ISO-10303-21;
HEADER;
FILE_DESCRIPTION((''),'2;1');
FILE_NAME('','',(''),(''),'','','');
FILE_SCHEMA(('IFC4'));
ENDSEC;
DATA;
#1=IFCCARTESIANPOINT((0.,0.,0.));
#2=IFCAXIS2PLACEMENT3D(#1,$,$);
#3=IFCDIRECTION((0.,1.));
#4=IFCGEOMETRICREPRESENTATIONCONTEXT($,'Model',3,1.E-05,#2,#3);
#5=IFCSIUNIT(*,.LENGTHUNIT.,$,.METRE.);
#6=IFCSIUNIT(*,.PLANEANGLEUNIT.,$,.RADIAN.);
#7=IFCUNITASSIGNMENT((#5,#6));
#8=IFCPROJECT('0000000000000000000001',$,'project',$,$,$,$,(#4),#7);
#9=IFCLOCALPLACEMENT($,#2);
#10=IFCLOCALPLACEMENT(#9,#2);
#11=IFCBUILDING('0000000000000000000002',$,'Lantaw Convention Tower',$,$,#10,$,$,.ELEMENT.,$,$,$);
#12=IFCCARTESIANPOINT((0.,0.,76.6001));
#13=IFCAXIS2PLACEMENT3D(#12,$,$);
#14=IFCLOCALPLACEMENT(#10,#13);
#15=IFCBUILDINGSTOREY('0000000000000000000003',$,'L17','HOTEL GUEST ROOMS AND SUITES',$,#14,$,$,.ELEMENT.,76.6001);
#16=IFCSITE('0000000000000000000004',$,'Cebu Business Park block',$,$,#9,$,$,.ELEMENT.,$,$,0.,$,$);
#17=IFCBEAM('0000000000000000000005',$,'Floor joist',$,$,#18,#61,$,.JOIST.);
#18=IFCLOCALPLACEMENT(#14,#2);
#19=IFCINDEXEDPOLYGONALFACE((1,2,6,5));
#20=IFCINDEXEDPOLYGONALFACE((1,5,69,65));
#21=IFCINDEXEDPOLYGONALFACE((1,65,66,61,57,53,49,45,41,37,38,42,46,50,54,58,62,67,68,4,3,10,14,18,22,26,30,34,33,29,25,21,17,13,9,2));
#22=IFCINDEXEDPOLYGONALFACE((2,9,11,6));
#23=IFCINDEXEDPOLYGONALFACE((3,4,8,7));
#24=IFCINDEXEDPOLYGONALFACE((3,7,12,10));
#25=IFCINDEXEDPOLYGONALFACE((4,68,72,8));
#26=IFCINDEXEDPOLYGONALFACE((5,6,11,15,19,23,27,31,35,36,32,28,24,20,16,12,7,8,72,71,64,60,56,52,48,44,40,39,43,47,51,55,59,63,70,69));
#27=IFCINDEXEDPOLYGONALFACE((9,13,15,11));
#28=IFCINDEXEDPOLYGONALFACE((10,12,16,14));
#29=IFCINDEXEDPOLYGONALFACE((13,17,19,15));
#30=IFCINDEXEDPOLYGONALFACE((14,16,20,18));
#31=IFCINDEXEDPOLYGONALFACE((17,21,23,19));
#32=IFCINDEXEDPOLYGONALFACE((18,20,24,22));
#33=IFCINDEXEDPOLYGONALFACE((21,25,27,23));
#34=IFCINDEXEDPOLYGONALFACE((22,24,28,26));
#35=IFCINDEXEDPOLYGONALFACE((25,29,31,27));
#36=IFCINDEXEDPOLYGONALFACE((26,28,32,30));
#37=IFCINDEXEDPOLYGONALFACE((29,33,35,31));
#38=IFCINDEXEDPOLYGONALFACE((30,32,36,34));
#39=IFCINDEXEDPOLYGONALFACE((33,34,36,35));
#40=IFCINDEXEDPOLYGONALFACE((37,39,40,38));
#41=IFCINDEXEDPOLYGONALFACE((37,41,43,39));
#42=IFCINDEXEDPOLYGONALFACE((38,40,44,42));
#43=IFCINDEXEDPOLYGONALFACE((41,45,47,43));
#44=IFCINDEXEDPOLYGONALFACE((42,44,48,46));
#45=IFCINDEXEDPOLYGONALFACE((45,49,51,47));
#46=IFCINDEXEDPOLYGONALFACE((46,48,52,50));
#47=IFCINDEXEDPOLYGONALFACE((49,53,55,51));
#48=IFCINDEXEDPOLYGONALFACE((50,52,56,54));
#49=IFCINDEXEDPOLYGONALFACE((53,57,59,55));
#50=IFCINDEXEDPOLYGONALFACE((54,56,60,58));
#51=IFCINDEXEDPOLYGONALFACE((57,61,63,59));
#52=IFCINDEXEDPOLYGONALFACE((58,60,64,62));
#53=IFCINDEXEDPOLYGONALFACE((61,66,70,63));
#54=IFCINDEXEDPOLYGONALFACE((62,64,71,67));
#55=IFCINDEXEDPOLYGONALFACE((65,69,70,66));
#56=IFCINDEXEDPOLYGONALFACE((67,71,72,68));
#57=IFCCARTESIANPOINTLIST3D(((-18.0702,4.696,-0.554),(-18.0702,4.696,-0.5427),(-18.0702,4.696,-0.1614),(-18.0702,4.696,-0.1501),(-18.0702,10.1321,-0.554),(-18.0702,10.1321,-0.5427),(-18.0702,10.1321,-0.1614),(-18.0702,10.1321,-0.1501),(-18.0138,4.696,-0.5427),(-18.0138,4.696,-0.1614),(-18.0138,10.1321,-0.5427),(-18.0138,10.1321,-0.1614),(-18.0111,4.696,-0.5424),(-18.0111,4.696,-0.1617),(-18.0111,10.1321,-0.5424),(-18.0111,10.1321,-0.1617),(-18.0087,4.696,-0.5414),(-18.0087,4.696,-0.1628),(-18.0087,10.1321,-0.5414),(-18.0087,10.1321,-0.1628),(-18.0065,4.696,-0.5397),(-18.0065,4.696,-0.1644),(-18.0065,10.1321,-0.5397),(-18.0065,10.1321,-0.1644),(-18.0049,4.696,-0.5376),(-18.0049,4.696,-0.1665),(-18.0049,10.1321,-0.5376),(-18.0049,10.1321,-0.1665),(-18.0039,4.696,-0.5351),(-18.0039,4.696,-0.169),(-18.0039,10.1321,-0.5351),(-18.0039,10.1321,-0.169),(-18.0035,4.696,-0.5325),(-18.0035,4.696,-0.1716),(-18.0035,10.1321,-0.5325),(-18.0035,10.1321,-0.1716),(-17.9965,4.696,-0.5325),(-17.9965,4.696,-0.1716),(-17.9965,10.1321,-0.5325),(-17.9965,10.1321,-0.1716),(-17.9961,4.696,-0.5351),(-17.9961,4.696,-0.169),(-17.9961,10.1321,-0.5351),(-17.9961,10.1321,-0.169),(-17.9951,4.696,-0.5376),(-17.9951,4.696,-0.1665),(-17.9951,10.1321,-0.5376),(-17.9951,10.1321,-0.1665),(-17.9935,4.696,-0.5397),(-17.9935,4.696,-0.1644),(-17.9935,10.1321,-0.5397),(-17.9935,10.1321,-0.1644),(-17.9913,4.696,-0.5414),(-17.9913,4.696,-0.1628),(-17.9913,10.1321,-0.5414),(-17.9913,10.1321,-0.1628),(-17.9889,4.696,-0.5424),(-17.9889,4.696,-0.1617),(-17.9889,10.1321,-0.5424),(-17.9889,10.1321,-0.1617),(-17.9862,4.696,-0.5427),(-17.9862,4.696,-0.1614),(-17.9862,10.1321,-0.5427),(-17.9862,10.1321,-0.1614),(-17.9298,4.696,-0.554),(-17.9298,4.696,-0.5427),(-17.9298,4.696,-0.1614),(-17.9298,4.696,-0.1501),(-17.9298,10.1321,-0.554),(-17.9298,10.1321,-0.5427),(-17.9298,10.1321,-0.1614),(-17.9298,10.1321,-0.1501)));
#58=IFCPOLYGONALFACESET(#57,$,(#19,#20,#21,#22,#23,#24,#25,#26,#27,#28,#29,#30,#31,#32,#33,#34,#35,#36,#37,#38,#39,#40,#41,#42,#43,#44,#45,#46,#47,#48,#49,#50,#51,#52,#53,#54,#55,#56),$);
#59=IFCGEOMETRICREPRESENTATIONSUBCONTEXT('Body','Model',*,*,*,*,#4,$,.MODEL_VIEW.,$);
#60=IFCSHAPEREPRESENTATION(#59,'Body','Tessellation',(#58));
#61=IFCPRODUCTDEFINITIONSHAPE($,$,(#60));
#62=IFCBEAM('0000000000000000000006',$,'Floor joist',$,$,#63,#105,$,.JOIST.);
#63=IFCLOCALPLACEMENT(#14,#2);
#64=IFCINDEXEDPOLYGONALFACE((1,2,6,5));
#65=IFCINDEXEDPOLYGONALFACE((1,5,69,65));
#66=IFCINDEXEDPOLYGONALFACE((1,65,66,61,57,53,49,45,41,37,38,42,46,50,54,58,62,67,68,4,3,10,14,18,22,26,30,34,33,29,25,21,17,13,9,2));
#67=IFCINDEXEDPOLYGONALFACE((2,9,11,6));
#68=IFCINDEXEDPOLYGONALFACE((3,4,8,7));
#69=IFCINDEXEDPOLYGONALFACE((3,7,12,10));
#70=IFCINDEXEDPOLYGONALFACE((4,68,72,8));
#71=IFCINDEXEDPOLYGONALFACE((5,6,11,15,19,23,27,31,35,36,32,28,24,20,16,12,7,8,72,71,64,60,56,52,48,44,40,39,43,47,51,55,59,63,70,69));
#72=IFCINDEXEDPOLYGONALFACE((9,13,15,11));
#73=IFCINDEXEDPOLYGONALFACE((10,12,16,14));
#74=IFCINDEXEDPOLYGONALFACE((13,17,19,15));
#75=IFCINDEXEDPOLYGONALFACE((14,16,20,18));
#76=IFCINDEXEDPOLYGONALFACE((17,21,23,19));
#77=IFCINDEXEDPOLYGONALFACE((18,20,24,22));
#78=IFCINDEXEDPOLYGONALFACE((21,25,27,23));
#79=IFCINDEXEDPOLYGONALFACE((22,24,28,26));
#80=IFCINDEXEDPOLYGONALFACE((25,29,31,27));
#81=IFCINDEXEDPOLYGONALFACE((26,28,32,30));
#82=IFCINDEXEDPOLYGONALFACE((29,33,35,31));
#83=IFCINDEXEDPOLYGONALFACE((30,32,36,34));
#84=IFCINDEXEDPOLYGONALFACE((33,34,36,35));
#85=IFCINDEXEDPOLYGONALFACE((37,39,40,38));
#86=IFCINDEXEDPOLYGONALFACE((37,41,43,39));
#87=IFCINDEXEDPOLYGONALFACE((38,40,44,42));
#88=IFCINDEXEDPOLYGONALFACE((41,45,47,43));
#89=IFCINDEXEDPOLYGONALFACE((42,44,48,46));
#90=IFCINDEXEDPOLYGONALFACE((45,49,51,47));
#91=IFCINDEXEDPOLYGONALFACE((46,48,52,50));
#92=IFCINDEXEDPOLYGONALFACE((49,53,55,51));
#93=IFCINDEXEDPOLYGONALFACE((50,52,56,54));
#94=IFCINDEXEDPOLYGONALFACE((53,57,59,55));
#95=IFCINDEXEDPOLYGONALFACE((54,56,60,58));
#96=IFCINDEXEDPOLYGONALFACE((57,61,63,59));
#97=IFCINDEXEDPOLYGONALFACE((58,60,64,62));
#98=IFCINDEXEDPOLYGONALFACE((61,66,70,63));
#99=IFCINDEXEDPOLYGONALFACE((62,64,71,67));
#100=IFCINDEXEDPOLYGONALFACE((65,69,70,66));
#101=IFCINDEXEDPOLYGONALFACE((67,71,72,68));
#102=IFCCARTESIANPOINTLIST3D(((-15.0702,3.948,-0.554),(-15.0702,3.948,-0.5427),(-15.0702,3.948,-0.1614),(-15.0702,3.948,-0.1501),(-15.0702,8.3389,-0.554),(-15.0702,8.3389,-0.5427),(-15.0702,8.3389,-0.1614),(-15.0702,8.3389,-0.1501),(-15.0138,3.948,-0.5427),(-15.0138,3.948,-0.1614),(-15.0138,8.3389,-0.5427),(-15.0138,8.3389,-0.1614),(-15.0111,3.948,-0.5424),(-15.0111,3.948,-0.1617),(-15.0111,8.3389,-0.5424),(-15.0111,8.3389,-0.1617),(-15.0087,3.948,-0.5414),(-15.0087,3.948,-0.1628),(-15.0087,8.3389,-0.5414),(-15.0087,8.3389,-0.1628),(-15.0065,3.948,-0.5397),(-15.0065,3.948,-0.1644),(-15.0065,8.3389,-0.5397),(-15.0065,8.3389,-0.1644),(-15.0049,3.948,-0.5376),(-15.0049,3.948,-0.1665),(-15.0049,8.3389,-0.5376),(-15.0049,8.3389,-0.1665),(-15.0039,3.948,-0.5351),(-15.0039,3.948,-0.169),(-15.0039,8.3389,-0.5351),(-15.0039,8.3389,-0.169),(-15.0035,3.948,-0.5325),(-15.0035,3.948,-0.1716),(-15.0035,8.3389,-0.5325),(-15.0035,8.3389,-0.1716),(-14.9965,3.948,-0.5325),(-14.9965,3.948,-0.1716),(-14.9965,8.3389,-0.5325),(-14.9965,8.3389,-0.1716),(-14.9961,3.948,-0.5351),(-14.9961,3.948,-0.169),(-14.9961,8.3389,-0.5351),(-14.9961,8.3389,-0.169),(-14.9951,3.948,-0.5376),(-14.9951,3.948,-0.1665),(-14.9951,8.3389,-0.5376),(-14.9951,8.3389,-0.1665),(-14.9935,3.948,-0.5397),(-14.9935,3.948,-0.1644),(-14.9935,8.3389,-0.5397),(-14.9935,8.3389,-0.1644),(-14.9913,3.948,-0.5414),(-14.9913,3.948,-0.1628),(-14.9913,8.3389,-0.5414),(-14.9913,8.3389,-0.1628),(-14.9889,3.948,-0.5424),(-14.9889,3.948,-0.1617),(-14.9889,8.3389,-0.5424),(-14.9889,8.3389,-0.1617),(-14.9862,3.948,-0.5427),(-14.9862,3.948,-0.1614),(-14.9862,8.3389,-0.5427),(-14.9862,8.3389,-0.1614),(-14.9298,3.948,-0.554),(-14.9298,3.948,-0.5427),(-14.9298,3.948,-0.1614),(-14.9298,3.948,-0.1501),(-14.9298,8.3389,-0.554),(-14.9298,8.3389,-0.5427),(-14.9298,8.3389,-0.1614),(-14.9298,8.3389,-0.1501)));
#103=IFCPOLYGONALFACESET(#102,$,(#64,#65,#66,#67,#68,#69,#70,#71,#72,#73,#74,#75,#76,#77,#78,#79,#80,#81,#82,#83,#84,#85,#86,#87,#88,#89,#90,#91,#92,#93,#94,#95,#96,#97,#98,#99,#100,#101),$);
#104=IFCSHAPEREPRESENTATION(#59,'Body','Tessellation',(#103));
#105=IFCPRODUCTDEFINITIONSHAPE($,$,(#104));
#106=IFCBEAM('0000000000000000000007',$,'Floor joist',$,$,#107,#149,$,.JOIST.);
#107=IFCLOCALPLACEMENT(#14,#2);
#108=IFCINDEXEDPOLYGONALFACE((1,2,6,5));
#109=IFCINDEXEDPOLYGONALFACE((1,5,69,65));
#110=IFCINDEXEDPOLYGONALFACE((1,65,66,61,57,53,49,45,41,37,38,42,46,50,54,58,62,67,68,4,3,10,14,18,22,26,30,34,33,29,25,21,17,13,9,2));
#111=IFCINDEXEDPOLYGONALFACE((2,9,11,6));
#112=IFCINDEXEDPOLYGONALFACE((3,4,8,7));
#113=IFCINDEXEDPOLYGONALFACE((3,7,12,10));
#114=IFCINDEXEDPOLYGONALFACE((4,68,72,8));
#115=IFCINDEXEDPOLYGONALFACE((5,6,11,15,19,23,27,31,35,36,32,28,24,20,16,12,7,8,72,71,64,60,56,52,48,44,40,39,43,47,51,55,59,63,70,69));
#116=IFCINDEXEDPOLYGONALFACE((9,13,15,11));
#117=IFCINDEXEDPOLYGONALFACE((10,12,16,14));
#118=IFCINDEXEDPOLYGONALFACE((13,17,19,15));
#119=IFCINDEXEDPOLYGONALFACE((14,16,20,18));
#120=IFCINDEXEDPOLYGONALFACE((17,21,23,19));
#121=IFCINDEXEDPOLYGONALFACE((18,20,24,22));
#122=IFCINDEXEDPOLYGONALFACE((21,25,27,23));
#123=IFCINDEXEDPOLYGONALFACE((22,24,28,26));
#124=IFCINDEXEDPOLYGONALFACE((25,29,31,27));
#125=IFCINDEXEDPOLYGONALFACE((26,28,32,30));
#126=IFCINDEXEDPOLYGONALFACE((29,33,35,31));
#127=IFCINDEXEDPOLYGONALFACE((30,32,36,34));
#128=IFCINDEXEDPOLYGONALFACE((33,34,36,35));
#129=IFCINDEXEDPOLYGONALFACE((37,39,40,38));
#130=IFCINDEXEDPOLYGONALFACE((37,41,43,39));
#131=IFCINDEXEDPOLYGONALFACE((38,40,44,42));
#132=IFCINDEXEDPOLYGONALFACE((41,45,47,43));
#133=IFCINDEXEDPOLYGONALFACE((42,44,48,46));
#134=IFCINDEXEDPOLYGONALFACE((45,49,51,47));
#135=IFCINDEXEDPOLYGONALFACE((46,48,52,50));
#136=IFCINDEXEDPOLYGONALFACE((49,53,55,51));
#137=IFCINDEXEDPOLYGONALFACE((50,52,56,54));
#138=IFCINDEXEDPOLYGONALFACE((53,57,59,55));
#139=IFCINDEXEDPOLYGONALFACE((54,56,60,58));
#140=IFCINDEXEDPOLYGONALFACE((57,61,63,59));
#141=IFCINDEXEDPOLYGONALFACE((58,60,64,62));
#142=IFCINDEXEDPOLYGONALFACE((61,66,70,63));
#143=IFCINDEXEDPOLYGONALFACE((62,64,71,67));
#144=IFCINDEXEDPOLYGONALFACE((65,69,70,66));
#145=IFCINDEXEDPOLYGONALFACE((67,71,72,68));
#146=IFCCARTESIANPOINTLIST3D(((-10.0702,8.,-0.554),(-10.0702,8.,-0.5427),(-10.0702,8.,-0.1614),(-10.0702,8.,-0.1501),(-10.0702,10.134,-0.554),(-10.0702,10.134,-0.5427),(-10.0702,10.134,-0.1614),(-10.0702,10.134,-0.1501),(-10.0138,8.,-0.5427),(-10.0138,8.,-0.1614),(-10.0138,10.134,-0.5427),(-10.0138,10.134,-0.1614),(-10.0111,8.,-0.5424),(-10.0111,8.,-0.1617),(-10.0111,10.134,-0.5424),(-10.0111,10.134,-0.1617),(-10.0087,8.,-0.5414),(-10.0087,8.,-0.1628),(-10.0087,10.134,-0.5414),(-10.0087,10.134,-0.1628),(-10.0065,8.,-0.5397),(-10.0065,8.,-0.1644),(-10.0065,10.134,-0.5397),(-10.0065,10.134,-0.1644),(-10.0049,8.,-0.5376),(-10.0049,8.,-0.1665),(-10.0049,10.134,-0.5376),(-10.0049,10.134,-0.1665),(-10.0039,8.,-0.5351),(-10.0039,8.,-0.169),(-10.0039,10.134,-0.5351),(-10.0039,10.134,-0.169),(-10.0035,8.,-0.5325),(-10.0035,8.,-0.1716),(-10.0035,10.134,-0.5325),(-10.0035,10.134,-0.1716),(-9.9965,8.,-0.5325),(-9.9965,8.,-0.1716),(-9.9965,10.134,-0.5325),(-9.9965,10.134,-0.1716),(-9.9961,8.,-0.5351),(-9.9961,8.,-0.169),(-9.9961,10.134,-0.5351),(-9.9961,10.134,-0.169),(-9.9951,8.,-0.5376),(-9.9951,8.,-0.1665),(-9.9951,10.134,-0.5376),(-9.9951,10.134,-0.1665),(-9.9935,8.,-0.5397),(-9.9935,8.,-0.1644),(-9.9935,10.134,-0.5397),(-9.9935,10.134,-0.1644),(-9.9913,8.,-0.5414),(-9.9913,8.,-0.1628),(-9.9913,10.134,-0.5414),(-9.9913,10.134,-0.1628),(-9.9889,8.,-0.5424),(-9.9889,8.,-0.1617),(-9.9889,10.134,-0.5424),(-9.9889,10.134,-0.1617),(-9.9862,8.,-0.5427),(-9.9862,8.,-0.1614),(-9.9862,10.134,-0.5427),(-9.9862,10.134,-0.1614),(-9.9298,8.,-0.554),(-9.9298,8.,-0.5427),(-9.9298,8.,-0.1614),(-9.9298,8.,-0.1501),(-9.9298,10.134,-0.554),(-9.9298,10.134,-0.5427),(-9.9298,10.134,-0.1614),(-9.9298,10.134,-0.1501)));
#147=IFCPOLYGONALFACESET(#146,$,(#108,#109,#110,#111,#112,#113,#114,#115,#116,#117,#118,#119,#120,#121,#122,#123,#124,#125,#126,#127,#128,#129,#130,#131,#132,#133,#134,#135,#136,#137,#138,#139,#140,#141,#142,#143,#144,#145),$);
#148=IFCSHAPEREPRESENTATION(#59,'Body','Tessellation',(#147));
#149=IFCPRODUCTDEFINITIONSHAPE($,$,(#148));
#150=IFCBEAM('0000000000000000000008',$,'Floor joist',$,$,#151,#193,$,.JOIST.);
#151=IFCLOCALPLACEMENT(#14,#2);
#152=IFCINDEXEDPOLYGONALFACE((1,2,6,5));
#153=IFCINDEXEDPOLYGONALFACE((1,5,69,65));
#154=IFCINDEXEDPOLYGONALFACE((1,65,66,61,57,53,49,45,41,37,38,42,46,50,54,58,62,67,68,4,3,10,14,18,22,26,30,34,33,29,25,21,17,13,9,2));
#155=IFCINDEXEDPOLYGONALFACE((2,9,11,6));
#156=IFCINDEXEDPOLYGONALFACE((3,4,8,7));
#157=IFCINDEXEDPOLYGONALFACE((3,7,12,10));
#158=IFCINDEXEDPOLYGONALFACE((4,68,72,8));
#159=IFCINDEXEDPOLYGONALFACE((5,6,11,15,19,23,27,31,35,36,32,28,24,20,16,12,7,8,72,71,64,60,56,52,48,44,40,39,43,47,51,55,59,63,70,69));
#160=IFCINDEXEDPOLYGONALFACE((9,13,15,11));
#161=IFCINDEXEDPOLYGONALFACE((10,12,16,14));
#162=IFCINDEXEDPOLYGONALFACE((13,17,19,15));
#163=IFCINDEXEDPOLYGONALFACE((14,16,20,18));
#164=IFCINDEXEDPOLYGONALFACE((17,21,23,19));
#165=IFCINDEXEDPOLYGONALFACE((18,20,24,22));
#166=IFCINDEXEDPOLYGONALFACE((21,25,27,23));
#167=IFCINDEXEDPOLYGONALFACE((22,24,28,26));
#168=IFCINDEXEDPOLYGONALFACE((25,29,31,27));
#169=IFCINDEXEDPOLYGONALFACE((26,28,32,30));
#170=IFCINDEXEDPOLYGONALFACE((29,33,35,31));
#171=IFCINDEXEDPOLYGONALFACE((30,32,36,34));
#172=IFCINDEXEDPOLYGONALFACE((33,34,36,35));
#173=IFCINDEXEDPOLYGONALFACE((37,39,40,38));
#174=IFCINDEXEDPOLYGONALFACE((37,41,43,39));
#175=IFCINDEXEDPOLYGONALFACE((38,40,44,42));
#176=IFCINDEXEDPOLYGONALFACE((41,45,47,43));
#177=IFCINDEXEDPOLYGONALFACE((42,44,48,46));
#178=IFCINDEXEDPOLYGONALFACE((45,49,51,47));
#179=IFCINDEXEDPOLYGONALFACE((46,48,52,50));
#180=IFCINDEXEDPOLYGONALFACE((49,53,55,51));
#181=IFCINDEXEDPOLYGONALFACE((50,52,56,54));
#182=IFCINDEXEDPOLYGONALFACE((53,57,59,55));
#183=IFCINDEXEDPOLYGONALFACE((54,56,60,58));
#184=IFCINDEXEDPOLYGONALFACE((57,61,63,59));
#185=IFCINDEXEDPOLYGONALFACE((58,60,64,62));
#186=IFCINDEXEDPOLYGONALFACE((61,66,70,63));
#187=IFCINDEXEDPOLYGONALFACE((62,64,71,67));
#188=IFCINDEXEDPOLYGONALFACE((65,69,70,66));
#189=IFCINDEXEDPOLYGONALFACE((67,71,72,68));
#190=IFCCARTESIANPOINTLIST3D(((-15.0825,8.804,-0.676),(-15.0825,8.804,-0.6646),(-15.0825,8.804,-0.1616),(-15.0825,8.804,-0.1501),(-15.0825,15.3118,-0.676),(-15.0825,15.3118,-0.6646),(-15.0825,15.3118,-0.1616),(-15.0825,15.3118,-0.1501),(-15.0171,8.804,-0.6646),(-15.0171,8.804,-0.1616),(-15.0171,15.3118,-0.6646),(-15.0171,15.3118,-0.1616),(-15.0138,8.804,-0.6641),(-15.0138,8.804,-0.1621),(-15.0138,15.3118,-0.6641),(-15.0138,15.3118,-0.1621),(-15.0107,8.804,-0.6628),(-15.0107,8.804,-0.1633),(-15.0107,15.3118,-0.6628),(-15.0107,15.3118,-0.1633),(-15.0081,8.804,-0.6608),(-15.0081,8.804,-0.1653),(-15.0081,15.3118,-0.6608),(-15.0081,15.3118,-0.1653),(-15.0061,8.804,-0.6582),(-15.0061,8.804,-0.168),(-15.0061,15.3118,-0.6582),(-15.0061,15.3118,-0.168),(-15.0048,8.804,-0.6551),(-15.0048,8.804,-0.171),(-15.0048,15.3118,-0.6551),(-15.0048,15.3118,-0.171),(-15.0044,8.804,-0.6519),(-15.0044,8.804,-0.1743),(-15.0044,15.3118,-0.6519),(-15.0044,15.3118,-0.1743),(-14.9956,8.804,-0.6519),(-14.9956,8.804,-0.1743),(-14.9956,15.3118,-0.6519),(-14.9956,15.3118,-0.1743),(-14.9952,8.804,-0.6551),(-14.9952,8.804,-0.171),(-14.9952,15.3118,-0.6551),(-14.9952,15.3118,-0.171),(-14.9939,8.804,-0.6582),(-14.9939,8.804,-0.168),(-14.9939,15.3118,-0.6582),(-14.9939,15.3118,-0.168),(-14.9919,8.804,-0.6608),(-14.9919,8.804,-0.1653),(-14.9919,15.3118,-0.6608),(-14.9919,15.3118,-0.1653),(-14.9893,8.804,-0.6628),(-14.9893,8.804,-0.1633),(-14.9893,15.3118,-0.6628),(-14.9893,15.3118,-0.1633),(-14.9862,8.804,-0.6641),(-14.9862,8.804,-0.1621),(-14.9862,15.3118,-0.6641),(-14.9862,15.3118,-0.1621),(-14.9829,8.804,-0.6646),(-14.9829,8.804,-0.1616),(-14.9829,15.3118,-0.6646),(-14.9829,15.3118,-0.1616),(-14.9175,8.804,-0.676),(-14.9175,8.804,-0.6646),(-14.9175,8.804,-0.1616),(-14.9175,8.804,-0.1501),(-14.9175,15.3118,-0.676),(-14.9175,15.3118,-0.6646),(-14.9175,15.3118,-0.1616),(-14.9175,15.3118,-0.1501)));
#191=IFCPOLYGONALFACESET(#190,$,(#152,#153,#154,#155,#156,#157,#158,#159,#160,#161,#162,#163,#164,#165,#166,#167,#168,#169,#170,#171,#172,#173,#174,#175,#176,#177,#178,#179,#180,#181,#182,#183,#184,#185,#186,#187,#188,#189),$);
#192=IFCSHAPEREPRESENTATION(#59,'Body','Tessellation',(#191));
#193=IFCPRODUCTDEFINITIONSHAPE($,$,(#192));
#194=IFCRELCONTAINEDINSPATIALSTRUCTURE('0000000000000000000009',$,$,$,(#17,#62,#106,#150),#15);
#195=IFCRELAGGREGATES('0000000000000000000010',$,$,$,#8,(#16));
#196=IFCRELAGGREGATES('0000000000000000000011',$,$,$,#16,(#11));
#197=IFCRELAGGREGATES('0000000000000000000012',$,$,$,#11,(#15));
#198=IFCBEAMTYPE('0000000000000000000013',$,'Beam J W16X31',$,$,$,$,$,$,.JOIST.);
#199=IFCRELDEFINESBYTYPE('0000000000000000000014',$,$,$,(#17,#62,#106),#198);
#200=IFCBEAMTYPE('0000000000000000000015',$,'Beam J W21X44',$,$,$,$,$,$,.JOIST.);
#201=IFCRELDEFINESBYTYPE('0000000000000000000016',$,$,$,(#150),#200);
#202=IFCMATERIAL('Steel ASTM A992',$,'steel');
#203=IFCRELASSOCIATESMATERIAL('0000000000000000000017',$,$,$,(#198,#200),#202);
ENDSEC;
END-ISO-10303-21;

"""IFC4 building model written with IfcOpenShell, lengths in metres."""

from ifc_helpers import new_model, si_unit, direction, frame, origin, origin_2d, place, context, subcontext, project, spatial, i_section, extrude, material, material_profile, profile_set, type_object, element, save


model = new_model("IFC4")

# Units and contexts
model_context = context("Model", 3, precision=1e-05, world=origin(), true_north=direction((0.0, 1.0)))
body_context = subcontext(model_context, "Body", "Model", "MODEL_VIEW")
ifc_project = project(units=[si_unit("LENGTHUNIT", "METRE"), si_unit("PLANEANGLEUNIT", "RADIAN")], contexts=[model_context])

# Site, building, storey
site_placement = place(None, origin())
site = spatial("IfcSite", under=ifc_project, at=site_placement, Name="Cebu Business Park block", CompositionType="ELEMENT", RefElevation=0.0)
building_placement = place(site_placement, origin())
building = spatial("IfcBuilding", under=site, at=building_placement, Name="Lantaw Convention Tower", CompositionType="ELEMENT")
storey_placement = place(building_placement, frame((0.0, 0.0, 76.6001)))
storey = spatial("IfcBuildingStorey", under=building, at=storey_placement, Name="L17", Description="HOTEL GUEST ROOMS AND SUITES", CompositionType="ELEMENT", Elevation=76.6001)

# Beams
ifc_material_1 = material(Name="Steel ASTM A992", Category="steel")
ifc_material_profile_1 = material_profile(ifc_material_1, i_section(OverallWidth=0.1404, OverallDepth=0.4038, WebThickness=0.0071, FlangeThickness=0.0112, FilletRadius=0.0103, at=origin_2d()), Name="W16X31")
ifc_profile_set_1 = profile_set([ifc_material_profile_1], Name="Steel ASTM A992")
beam_type_1 = type_object("IfcBeamType", Name="Beam J W16X31", PredefinedType="JOIST", material=ifc_profile_set_1)
beam_1_placement = place(storey_placement, frame((-18.0, 4.696, -0.3521), z_axis=(0.0, 1.0, 0.0), x_axis=(-1.0, 0.0, 0.0)))
element("IfcBeam", 1, at=beam_1_placement, inside=storey, type_object=beam_type_1, Name="Floor joist", PredefinedType="JOIST", context=body_context, shape_type="SweptSolid", body=[
    extrude(i_section(OverallWidth=0.1404, OverallDepth=0.4038, WebThickness=0.0071, FlangeThickness=0.0112, FilletRadius=0.0103, at=origin_2d()), origin(), (0.0, 0.0, 1.0), 5.436),
])
beam_2_placement = place(storey_placement, frame((-15.0, 3.948, -0.3521), z_axis=(0.0, 1.0, 0.0), x_axis=(-1.0, 0.0, 0.0)))
element("IfcBeam", 2, at=beam_2_placement, inside=storey, type_object=beam_type_1, Name="Floor joist", PredefinedType="JOIST", context=body_context, shape_type="SweptSolid", body=[
    extrude(i_section(OverallWidth=0.1404, OverallDepth=0.4038, WebThickness=0.0071, FlangeThickness=0.0112, FilletRadius=0.0103, at=origin_2d()), origin(), (0.0, 0.0, 1.0), 4.3909),
])
beam_3_placement = place(storey_placement, frame((-10.0, 8.0, -0.3521), z_axis=(0.0, 1.0, 0.0), x_axis=(-1.0, 0.0, 0.0)))
element("IfcBeam", 3, at=beam_3_placement, inside=storey, type_object=beam_type_1, Name="Floor joist", PredefinedType="JOIST", context=body_context, shape_type="SweptSolid", body=[
    extrude(i_section(OverallWidth=0.1404, OverallDepth=0.4038, WebThickness=0.0071, FlangeThickness=0.0112, FilletRadius=0.0103, at=origin_2d()), origin(), (0.0, 0.0, 1.0), 2.134),
])
ifc_material_profile_2 = material_profile(ifc_material_1, i_section(OverallWidth=0.165, OverallDepth=0.5259, WebThickness=0.0088, FlangeThickness=0.0115, FilletRadius=0.0127, at=origin_2d()), Name="W21X44")
ifc_profile_set_2 = profile_set([ifc_material_profile_2], Name="Steel ASTM A992")
beam_type_2 = type_object("IfcBeamType", Name="Beam J W21X44", PredefinedType="JOIST", material=ifc_profile_set_2)
beam_4_placement = place(storey_placement, frame((-15.0, 8.804, -0.4131), z_axis=(0.0, 1.0, 0.0), x_axis=(-1.0, 0.0, 0.0)))
element("IfcBeam", 4, at=beam_4_placement, inside=storey, type_object=beam_type_2, Name="Floor joist", PredefinedType="JOIST", context=body_context, shape_type="SweptSolid", body=[
    extrude(i_section(OverallWidth=0.165, OverallDepth=0.5259, WebThickness=0.0088, FlangeThickness=0.0115, FilletRadius=0.0127, at=origin_2d()), origin(), (0.0, 0.0, 1.0), 6.5078),
])

save(model, "model.ifc")
